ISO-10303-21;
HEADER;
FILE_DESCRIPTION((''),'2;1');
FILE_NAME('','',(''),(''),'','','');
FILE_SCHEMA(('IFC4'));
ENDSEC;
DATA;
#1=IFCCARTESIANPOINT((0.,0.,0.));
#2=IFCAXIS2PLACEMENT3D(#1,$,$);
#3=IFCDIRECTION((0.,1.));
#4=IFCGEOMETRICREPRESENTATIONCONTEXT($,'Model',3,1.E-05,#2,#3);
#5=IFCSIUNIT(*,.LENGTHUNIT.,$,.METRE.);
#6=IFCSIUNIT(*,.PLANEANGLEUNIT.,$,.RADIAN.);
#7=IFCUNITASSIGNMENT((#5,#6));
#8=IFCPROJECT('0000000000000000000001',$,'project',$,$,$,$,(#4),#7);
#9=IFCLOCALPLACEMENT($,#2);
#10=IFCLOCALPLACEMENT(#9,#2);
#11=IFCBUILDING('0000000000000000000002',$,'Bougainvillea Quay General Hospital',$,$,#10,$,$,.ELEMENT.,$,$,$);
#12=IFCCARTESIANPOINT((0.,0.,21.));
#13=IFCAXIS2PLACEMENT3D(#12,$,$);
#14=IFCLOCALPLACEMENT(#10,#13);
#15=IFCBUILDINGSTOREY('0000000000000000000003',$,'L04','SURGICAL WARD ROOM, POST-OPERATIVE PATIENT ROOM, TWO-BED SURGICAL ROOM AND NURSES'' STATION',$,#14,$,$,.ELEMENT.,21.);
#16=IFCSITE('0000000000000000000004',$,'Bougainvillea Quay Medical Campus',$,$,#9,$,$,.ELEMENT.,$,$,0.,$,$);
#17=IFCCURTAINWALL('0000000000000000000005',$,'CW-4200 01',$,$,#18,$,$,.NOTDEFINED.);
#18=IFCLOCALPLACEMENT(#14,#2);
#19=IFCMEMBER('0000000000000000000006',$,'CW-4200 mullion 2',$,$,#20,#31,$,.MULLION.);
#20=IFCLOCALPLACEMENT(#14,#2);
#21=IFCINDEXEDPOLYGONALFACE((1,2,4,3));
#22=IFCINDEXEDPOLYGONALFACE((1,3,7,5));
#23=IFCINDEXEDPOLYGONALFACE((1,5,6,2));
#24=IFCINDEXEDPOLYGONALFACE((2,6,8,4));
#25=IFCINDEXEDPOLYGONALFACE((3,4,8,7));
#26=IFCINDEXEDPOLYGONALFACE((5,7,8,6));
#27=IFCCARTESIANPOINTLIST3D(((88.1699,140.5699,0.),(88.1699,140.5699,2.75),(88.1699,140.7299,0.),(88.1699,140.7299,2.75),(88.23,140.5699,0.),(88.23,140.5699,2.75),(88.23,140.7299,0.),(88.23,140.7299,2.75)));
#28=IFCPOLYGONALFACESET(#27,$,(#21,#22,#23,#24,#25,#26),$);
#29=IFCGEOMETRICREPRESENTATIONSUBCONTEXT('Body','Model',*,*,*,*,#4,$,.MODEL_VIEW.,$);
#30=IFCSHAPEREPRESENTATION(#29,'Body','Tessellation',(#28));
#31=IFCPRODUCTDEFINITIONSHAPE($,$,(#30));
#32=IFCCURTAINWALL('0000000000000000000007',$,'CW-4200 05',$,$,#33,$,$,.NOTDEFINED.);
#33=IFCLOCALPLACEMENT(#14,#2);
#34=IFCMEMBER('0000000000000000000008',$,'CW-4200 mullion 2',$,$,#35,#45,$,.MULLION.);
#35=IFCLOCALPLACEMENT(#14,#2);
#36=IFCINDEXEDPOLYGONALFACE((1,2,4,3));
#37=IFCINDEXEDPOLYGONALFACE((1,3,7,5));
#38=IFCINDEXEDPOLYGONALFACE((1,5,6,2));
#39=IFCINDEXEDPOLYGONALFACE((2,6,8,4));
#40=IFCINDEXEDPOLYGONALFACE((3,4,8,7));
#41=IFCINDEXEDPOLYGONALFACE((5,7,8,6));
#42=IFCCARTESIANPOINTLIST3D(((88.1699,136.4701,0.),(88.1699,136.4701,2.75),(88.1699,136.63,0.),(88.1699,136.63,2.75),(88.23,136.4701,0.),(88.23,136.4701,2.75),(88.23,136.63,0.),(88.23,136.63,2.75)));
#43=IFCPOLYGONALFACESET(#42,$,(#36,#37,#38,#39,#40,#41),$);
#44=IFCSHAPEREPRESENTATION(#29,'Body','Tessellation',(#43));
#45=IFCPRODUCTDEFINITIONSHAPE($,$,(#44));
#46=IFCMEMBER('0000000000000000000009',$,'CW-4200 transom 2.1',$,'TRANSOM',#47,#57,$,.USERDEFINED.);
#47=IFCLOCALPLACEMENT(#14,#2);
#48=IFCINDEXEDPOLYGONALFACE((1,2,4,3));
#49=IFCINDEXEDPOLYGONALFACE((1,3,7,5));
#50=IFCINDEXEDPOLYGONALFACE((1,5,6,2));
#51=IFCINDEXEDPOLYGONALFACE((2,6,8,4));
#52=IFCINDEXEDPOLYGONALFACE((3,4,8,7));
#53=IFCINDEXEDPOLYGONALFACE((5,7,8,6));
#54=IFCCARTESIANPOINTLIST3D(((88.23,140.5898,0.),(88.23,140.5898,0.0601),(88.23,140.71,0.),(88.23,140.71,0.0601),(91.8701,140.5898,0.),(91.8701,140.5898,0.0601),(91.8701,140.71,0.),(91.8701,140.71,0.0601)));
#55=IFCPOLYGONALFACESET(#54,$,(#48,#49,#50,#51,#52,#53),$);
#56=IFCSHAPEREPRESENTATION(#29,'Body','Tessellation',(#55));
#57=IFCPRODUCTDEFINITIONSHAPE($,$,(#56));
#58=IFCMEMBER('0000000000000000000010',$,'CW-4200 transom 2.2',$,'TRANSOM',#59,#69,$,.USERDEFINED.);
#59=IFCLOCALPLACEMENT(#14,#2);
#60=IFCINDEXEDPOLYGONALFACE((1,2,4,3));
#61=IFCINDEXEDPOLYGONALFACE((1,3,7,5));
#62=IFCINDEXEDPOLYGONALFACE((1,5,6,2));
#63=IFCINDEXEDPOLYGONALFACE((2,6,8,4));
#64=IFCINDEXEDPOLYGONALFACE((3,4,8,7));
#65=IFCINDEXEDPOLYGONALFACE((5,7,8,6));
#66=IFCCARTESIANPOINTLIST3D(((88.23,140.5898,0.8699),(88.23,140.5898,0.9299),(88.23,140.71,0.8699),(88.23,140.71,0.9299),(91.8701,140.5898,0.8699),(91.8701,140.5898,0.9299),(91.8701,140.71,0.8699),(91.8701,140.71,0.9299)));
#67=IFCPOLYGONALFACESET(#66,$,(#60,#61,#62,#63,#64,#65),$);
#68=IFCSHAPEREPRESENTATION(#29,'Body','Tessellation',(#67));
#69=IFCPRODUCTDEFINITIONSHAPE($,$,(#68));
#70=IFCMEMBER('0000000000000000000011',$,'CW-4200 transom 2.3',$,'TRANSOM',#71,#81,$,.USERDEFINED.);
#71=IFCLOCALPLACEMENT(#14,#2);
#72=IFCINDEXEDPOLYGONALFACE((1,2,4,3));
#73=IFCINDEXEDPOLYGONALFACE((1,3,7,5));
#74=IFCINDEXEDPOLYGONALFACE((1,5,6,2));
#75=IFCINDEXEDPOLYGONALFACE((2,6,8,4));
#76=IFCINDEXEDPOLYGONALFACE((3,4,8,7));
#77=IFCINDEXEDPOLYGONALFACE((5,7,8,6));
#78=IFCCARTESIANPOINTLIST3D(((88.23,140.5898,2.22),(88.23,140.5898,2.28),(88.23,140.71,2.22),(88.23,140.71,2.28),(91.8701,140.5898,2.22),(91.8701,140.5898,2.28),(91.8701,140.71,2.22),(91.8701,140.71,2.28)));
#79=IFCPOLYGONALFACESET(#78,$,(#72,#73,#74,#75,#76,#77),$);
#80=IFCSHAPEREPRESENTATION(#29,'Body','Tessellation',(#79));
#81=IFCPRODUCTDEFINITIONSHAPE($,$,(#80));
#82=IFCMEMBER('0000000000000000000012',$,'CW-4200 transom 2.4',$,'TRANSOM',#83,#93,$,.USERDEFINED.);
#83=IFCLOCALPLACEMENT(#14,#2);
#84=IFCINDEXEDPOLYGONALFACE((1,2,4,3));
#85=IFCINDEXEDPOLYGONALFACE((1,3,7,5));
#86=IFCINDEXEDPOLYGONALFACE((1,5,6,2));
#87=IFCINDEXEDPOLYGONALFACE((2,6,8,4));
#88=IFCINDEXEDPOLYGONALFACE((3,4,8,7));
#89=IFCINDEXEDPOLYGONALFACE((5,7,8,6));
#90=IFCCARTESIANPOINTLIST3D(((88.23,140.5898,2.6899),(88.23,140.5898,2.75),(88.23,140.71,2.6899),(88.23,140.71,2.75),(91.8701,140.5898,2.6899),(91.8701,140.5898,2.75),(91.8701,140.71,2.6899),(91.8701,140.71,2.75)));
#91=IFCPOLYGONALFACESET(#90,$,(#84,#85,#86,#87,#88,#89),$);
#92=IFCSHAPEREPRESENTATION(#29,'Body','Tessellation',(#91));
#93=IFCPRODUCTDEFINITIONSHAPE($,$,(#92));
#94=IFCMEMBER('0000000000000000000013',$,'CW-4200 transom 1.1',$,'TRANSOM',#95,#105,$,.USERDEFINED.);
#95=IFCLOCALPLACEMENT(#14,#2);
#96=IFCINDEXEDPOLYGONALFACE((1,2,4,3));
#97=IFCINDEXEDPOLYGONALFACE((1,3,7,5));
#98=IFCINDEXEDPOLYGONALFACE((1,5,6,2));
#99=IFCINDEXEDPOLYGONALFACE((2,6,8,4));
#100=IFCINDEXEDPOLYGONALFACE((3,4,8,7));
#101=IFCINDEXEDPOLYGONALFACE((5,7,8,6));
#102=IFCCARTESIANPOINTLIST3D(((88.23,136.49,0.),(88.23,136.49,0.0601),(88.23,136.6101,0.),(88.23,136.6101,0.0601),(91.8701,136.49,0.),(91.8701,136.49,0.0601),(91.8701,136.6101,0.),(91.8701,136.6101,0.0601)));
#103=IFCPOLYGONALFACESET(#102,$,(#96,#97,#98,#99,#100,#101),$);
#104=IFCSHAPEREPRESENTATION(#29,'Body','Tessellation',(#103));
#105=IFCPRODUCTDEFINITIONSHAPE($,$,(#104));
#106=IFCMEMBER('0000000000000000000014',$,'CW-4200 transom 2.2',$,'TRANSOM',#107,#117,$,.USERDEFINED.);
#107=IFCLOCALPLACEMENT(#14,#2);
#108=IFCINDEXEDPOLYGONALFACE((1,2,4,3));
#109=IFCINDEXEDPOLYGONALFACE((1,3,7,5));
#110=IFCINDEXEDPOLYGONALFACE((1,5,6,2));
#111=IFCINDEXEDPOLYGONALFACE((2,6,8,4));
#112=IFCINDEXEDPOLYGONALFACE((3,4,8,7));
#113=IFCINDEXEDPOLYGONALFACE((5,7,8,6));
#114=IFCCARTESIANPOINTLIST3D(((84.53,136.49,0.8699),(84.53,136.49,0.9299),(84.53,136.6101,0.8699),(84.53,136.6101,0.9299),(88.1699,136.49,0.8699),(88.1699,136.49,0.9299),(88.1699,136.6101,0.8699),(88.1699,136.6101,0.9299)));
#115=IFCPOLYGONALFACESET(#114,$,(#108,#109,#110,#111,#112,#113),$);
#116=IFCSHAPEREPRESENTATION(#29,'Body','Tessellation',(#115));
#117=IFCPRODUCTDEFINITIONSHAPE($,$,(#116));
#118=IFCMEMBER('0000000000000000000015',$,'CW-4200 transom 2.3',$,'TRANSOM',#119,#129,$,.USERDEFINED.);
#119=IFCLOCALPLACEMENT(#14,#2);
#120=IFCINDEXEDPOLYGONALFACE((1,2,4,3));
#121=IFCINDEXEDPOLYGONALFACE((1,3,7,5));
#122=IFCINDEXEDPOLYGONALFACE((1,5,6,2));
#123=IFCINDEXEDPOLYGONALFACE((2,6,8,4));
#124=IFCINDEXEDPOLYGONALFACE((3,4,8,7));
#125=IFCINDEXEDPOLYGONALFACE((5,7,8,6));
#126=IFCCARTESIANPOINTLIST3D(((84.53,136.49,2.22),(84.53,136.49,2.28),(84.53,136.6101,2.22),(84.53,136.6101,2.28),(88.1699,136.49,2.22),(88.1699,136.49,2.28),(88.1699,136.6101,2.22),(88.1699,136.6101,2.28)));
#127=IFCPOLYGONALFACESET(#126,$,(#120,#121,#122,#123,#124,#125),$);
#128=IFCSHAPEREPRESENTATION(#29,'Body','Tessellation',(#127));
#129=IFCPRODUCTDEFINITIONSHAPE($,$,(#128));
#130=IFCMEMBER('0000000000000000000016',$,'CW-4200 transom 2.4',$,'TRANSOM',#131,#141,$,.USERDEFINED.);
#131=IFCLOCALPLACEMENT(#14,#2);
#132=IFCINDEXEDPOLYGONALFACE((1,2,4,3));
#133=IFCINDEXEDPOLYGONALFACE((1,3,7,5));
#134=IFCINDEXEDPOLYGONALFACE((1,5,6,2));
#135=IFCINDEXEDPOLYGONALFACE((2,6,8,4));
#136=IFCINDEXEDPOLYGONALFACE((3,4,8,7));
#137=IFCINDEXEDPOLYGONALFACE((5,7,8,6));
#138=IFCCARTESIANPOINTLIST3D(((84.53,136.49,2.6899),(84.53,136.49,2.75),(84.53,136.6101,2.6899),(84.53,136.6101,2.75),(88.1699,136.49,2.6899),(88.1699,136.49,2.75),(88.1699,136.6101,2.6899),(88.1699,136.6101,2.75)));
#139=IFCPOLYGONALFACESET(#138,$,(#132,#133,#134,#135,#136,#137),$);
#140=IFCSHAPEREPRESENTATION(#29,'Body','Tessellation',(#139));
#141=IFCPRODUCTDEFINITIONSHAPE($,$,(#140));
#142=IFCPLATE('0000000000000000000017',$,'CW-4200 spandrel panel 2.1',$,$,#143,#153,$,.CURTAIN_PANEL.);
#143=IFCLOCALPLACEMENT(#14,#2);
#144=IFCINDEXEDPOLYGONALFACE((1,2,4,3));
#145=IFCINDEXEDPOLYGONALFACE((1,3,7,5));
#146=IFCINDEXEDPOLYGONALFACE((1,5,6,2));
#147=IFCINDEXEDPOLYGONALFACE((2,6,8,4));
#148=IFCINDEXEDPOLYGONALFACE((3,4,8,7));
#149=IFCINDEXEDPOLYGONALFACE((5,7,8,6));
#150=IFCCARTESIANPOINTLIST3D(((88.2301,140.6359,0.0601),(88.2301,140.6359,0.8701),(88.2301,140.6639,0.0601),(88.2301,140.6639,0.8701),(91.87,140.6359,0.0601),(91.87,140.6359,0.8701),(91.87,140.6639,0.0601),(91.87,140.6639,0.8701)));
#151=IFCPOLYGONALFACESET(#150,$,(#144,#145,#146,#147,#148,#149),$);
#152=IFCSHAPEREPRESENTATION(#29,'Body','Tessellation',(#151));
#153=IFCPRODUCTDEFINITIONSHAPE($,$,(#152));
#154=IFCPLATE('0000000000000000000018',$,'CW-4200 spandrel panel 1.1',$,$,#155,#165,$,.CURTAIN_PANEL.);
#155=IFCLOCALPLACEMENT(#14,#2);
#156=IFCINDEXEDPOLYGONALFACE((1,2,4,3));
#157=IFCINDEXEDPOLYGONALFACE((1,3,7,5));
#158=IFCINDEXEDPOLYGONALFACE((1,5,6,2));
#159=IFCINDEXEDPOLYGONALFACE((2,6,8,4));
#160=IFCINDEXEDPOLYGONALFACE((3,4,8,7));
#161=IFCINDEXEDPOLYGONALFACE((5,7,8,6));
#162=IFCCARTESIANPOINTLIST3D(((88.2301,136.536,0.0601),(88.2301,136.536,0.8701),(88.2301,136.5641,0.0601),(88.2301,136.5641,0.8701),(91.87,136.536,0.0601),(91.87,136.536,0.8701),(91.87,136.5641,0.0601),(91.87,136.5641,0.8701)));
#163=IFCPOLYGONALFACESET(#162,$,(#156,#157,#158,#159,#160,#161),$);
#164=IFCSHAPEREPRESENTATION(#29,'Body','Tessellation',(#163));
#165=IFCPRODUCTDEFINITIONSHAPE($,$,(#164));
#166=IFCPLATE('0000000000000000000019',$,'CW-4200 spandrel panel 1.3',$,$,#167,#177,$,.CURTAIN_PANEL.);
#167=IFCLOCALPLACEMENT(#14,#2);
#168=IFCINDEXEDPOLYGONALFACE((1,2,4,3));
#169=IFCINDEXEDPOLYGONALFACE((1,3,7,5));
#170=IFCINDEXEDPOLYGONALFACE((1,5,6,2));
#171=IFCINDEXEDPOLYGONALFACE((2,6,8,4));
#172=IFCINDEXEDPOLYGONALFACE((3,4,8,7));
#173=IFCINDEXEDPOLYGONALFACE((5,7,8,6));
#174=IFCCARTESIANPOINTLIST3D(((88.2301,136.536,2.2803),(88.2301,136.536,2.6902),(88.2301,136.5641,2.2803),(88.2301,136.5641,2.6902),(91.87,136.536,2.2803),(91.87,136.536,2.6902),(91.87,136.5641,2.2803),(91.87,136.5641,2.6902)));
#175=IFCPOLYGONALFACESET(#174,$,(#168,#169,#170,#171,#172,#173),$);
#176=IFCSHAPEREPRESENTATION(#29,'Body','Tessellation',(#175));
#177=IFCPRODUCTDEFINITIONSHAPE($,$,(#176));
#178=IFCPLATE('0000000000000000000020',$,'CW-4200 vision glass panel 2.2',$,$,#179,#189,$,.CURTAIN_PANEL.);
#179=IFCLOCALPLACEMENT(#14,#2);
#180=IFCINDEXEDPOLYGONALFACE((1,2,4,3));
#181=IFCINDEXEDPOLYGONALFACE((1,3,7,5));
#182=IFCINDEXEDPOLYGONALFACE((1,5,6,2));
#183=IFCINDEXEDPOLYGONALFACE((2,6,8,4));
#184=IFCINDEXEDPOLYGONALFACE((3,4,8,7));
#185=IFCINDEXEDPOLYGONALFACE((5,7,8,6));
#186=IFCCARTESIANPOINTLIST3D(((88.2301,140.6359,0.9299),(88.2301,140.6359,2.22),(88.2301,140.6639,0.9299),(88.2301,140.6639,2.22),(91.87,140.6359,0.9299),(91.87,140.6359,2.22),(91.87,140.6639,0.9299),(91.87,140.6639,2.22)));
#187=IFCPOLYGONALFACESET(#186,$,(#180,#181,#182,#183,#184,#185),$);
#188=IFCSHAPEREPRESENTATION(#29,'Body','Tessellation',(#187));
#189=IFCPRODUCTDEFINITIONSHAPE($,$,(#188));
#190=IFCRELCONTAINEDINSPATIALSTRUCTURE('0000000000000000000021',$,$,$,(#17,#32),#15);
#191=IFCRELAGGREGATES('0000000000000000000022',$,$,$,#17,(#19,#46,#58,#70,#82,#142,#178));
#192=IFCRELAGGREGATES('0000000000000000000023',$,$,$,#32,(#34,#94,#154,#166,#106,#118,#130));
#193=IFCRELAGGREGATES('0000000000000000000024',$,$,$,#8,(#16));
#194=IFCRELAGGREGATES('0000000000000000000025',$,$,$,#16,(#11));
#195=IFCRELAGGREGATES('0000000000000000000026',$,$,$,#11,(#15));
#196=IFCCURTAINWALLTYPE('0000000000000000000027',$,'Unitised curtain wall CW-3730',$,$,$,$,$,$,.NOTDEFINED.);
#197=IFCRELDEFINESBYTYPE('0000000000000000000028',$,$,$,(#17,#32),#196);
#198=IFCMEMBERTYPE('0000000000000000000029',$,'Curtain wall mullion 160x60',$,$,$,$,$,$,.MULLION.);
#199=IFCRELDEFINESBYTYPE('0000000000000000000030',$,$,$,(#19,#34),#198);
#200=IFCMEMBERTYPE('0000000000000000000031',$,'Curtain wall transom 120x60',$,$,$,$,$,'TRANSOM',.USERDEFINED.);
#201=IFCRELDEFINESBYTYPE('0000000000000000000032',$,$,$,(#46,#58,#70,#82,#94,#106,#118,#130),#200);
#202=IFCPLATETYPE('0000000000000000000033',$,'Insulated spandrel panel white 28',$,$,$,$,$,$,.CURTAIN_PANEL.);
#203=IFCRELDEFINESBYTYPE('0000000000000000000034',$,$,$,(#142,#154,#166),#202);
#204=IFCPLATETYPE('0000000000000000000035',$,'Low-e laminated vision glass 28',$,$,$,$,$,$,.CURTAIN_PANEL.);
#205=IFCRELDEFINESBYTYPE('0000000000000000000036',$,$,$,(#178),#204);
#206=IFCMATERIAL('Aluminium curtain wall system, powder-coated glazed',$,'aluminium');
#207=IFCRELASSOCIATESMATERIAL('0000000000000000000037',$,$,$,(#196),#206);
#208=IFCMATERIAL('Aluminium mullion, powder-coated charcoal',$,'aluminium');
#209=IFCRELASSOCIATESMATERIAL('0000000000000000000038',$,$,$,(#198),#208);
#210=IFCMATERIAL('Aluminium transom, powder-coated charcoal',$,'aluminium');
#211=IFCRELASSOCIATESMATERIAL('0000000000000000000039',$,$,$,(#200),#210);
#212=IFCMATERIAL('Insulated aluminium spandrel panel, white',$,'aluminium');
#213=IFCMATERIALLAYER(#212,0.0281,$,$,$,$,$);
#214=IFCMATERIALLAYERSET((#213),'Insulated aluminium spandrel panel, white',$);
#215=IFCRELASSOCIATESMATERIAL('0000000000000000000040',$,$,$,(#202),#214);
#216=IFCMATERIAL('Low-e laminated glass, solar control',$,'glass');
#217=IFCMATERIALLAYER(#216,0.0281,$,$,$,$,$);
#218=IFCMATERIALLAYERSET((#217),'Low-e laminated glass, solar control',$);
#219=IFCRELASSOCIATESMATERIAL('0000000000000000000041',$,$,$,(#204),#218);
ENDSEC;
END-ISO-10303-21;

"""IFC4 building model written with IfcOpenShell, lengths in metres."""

from ifc_helpers import new_model, si_unit, direction, frame, origin, origin_2d, place, context, subcontext, project, spatial, rectangle, extrude, material, layer, layer_set, material_profile, profile_set, type_object, element, aggregate, save


model = new_model("IFC4")

# Units and contexts
model_context = context("Model", 3, precision=1e-05, world=origin(), true_north=direction((0.0, 1.0)))
body_context = subcontext(model_context, "Body", "Model", "MODEL_VIEW")
ifc_project = project(units=[si_unit("LENGTHUNIT", "METRE"), si_unit("PLANEANGLEUNIT", "RADIAN")], contexts=[model_context])

# Site, building, storey
site_placement = place(None, origin())
site = spatial("IfcSite", under=ifc_project, at=site_placement, Name="Bougainvillea Quay Medical Campus", CompositionType="ELEMENT", RefElevation=0.0)
building_placement = place(site_placement, origin())
building = spatial("IfcBuilding", under=site, at=building_placement, Name="Bougainvillea Quay General Hospital", CompositionType="ELEMENT")
storey_placement = place(building_placement, frame((0.0, 0.0, 21.0)))
storey = spatial("IfcBuildingStorey", under=building, at=storey_placement, Name="L04", Description="SURGICAL WARD ROOM, POST-OPERATIVE PATIENT ROOM, TWO-BED SURGICAL ROOM AND NURSES' STATION", CompositionType="ELEMENT", Elevation=21.0)

# Curtain walls, members
ifc_material_1 = material(Name="Aluminium curtain wall system, powder-coated glazed", Category="aluminium")
curtain_wall_type = type_object("IfcCurtainWallType", Name="Unitised curtain wall CW-3730", PredefinedType="NOTDEFINED", material=ifc_material_1)
curtain_wall_1_placement = place(storey_placement, origin())
curtain_wall_1 = element("IfcCurtainWall", 1, at=curtain_wall_1_placement, inside=storey, type_object=curtain_wall_type, Name="CW-4200 01", PredefinedType="NOTDEFINED")
ifc_material_2 = material(Name="Aluminium mullion, powder-coated charcoal", Category="aluminium")
ifc_material_profile_1 = material_profile(ifc_material_2, rectangle(XDim=0.1599, YDim=0.0601, at=origin_2d()))
ifc_profile_set_1 = profile_set([ifc_material_profile_1], Name="Aluminium mullion, powder-coated charcoal")
member_type_1 = type_object("IfcMemberType", Name="Curtain wall mullion 160x60", PredefinedType="MULLION", material=ifc_profile_set_1)
member_1_placement = place(storey_placement, frame((88.2, 140.6499, 0.0), z_axis=(0.0, 0.0, 1.0), x_axis=(0.0, 1.0, 0.0)))
member_1 = element("IfcMember", 2, at=member_1_placement, type_object=member_type_1, Name="CW-4200 mullion 2", PredefinedType="MULLION", context=body_context, shape_type="SweptSolid", body=[
    extrude(rectangle(XDim=0.1599, YDim=0.0601, at=origin_2d()), origin(), (0.0, 0.0, 1.0), 2.75),
])
curtain_wall_2_placement = place(storey_placement, origin())
curtain_wall_2 = element("IfcCurtainWall", 3, at=curtain_wall_2_placement, inside=storey, type_object=curtain_wall_type, Name="CW-4200 05", PredefinedType="NOTDEFINED")
member_2_placement = place(storey_placement, frame((88.2, 136.55, 0.0), z_axis=(0.0, 0.0, 1.0), x_axis=(0.0, -1.0, 0.0)))
member_2 = element("IfcMember", 4, at=member_2_placement, type_object=member_type_1, Name="CW-4200 mullion 2", PredefinedType="MULLION", context=body_context, shape_type="SweptSolid", body=[
    extrude(rectangle(XDim=0.1599, YDim=0.0601, at=origin_2d()), origin(), (0.0, 0.0, 1.0), 2.75),
])

# Members
ifc_material_3 = material(Name="Aluminium transom, powder-coated charcoal", Category="aluminium")
ifc_material_profile_2 = material_profile(ifc_material_3, rectangle(XDim=0.1201, YDim=0.0601, at=origin_2d()))
ifc_profile_set_2 = profile_set([ifc_material_profile_2], Name="Aluminium transom, powder-coated charcoal")
member_type_2 = type_object("IfcMemberType", Name="Curtain wall transom 120x60", ElementType="TRANSOM", PredefinedType="USERDEFINED", material=ifc_profile_set_2)
member_3_placement = place(storey_placement, frame((88.23, 140.6499, 0.03), z_axis=(1.0, 0.0, 0.0), x_axis=(0.0, 1.0, 0.0)))
member_3 = element("IfcMember", 5, at=member_3_placement, type_object=member_type_2, Name="CW-4200 transom 2.1", ObjectType="TRANSOM", PredefinedType="USERDEFINED", context=body_context, shape_type="SweptSolid", body=[
    extrude(rectangle(XDim=0.1201, YDim=0.0601, at=origin_2d()), origin(), (0.0, 0.0, 1.0), 3.6401),
])
member_4_placement = place(storey_placement, frame((88.23, 140.6499, 0.8999), z_axis=(1.0, 0.0, 0.0), x_axis=(0.0, 1.0, 0.0)))
member_4 = element("IfcMember", 6, at=member_4_placement, type_object=member_type_2, Name="CW-4200 transom 2.2", ObjectType="TRANSOM", PredefinedType="USERDEFINED", context=body_context, shape_type="SweptSolid", body=[
    extrude(rectangle(XDim=0.1201, YDim=0.0601, at=origin_2d()), origin(), (0.0, 0.0, 1.0), 3.6401),
])
member_5_placement = place(storey_placement, frame((88.23, 140.6499, 2.25), z_axis=(1.0, 0.0, 0.0), x_axis=(0.0, 1.0, 0.0)))
member_5 = element("IfcMember", 7, at=member_5_placement, type_object=member_type_2, Name="CW-4200 transom 2.3", ObjectType="TRANSOM", PredefinedType="USERDEFINED", context=body_context, shape_type="SweptSolid", body=[
    extrude(rectangle(XDim=0.1201, YDim=0.0601, at=origin_2d()), origin(), (0.0, 0.0, 1.0), 3.6401),
])
member_6_placement = place(storey_placement, frame((88.23, 140.6499, 2.72), z_axis=(1.0, 0.0, 0.0), x_axis=(0.0, 1.0, 0.0)))
member_6 = element("IfcMember", 8, at=member_6_placement, type_object=member_type_2, Name="CW-4200 transom 2.4", ObjectType="TRANSOM", PredefinedType="USERDEFINED", context=body_context, shape_type="SweptSolid", body=[
    extrude(rectangle(XDim=0.1201, YDim=0.0601, at=origin_2d()), origin(), (0.0, 0.0, 1.0), 3.6401),
])
member_7_placement = place(storey_placement, frame((91.8701, 136.55, 0.03), z_axis=(-1.0, 0.0, 0.0), x_axis=(0.0, -1.0, 0.0)))
member_7 = element("IfcMember", 9, at=member_7_placement, type_object=member_type_2, Name="CW-4200 transom 1.1", ObjectType="TRANSOM", PredefinedType="USERDEFINED", context=body_context, shape_type="SweptSolid", body=[
    extrude(rectangle(XDim=0.1201, YDim=0.0601, at=origin_2d()), origin(), (0.0, 0.0, 1.0), 3.6401),
])
member_8_placement = place(storey_placement, frame((88.1699, 136.55, 0.8999), z_axis=(-1.0, 0.0, 0.0), x_axis=(0.0, -1.0, 0.0)))
member_8 = element("IfcMember", 10, at=member_8_placement, type_object=member_type_2, Name="CW-4200 transom 2.2", ObjectType="TRANSOM", PredefinedType="USERDEFINED", context=body_context, shape_type="SweptSolid", body=[
    extrude(rectangle(XDim=0.1201, YDim=0.0601, at=origin_2d()), origin(), (0.0, 0.0, 1.0), 3.6399),
])
member_9_placement = place(storey_placement, frame((88.1699, 136.55, 2.25), z_axis=(-1.0, 0.0, 0.0), x_axis=(0.0, -1.0, 0.0)))
member_9 = element("IfcMember", 11, at=member_9_placement, type_object=member_type_2, Name="CW-4200 transom 2.3", ObjectType="TRANSOM", PredefinedType="USERDEFINED", context=body_context, shape_type="SweptSolid", body=[
    extrude(rectangle(XDim=0.1201, YDim=0.0601, at=origin_2d()), origin(), (0.0, 0.0, 1.0), 3.6399),
])
member_10_placement = place(storey_placement, frame((88.1699, 136.55, 2.72), z_axis=(-1.0, 0.0, 0.0), x_axis=(0.0, -1.0, 0.0)))
member_10 = element("IfcMember", 12, at=member_10_placement, type_object=member_type_2, Name="CW-4200 transom 2.4", ObjectType="TRANSOM", PredefinedType="USERDEFINED", context=body_context, shape_type="SweptSolid", body=[
    extrude(rectangle(XDim=0.1201, YDim=0.0601, at=origin_2d()), origin(), (0.0, 0.0, 1.0), 3.6399),
])

# Plates
ifc_material_4 = material(Name="Insulated aluminium spandrel panel, white", Category="aluminium")
ifc_layer_1 = layer(ifc_material_4, 0.0281)
ifc_layer_set_1 = layer_set([ifc_layer_1], Name="Insulated aluminium spandrel panel, white")
plate_type_1 = type_object("IfcPlateType", Name="Insulated spandrel panel white 28", PredefinedType="CURTAIN_PANEL", material=ifc_layer_set_1)
plate_1_placement = place(storey_placement, frame((90.05, 140.6499, 0.0601), z_axis=(0.0, 0.0, 1.0), x_axis=(1.0, 0.0, 0.0)))
plate_1 = element("IfcPlate", 13, at=plate_1_placement, type_object=plate_type_1, Name="CW-4200 spandrel panel 2.1", PredefinedType="CURTAIN_PANEL", context=body_context, shape_type="SweptSolid", body=[
    extrude(rectangle(XDim=3.6399, YDim=0.0281, at=origin_2d()), origin(), (0.0, 0.0, 1.0), 0.8101),
])
plate_2_placement = place(storey_placement, frame((90.05, 136.55, 0.0601), z_axis=(0.0, 0.0, 1.0), x_axis=(-1.0, 0.0, 0.0)))
plate_2 = element("IfcPlate", 14, at=plate_2_placement, type_object=plate_type_1, Name="CW-4200 spandrel panel 1.1", PredefinedType="CURTAIN_PANEL", context=body_context, shape_type="SweptSolid", body=[
    extrude(rectangle(XDim=3.6399, YDim=0.0281, at=origin_2d()), origin(), (0.0, 0.0, 1.0), 0.8101),
])
plate_3_placement = place(storey_placement, frame((90.05, 136.55, 2.2803), z_axis=(0.0, 0.0, 1.0), x_axis=(-1.0, 0.0, 0.0)))
plate_3 = element("IfcPlate", 15, at=plate_3_placement, type_object=plate_type_1, Name="CW-4200 spandrel panel 1.3", PredefinedType="CURTAIN_PANEL", context=body_context, shape_type="SweptSolid", body=[
    extrude(rectangle(XDim=3.6399, YDim=0.0281, at=origin_2d()), origin(), (0.0, 0.0, 1.0), 0.4099),
])
ifc_material_5 = material(Name="Low-e laminated glass, solar control", Category="glass")
ifc_layer_2 = layer(ifc_material_5, 0.0281)
ifc_layer_set_2 = layer_set([ifc_layer_2], Name="Low-e laminated glass, solar control")
plate_type_2 = type_object("IfcPlateType", Name="Low-e laminated vision glass 28", PredefinedType="CURTAIN_PANEL", material=ifc_layer_set_2)
plate_4_placement = place(storey_placement, frame((90.05, 140.6499, 0.9299), z_axis=(0.0, 0.0, 1.0), x_axis=(1.0, 0.0, 0.0)))
plate_4 = element("IfcPlate", 16, at=plate_4_placement, type_object=plate_type_2, Name="CW-4200 vision glass panel 2.2", PredefinedType="CURTAIN_PANEL", context=body_context, shape_type="SweptSolid", body=[
    extrude(rectangle(XDim=3.6399, YDim=0.0281, at=origin_2d()), origin(), (0.0, 0.0, 1.0), 1.29),
])
aggregate(curtain_wall_1, [member_1, member_3, member_4, member_5, member_6, plate_1, plate_4])
aggregate(curtain_wall_2, [member_2, member_7, plate_2, plate_3, member_8, member_9, member_10])

save(model, "model.ifc")
